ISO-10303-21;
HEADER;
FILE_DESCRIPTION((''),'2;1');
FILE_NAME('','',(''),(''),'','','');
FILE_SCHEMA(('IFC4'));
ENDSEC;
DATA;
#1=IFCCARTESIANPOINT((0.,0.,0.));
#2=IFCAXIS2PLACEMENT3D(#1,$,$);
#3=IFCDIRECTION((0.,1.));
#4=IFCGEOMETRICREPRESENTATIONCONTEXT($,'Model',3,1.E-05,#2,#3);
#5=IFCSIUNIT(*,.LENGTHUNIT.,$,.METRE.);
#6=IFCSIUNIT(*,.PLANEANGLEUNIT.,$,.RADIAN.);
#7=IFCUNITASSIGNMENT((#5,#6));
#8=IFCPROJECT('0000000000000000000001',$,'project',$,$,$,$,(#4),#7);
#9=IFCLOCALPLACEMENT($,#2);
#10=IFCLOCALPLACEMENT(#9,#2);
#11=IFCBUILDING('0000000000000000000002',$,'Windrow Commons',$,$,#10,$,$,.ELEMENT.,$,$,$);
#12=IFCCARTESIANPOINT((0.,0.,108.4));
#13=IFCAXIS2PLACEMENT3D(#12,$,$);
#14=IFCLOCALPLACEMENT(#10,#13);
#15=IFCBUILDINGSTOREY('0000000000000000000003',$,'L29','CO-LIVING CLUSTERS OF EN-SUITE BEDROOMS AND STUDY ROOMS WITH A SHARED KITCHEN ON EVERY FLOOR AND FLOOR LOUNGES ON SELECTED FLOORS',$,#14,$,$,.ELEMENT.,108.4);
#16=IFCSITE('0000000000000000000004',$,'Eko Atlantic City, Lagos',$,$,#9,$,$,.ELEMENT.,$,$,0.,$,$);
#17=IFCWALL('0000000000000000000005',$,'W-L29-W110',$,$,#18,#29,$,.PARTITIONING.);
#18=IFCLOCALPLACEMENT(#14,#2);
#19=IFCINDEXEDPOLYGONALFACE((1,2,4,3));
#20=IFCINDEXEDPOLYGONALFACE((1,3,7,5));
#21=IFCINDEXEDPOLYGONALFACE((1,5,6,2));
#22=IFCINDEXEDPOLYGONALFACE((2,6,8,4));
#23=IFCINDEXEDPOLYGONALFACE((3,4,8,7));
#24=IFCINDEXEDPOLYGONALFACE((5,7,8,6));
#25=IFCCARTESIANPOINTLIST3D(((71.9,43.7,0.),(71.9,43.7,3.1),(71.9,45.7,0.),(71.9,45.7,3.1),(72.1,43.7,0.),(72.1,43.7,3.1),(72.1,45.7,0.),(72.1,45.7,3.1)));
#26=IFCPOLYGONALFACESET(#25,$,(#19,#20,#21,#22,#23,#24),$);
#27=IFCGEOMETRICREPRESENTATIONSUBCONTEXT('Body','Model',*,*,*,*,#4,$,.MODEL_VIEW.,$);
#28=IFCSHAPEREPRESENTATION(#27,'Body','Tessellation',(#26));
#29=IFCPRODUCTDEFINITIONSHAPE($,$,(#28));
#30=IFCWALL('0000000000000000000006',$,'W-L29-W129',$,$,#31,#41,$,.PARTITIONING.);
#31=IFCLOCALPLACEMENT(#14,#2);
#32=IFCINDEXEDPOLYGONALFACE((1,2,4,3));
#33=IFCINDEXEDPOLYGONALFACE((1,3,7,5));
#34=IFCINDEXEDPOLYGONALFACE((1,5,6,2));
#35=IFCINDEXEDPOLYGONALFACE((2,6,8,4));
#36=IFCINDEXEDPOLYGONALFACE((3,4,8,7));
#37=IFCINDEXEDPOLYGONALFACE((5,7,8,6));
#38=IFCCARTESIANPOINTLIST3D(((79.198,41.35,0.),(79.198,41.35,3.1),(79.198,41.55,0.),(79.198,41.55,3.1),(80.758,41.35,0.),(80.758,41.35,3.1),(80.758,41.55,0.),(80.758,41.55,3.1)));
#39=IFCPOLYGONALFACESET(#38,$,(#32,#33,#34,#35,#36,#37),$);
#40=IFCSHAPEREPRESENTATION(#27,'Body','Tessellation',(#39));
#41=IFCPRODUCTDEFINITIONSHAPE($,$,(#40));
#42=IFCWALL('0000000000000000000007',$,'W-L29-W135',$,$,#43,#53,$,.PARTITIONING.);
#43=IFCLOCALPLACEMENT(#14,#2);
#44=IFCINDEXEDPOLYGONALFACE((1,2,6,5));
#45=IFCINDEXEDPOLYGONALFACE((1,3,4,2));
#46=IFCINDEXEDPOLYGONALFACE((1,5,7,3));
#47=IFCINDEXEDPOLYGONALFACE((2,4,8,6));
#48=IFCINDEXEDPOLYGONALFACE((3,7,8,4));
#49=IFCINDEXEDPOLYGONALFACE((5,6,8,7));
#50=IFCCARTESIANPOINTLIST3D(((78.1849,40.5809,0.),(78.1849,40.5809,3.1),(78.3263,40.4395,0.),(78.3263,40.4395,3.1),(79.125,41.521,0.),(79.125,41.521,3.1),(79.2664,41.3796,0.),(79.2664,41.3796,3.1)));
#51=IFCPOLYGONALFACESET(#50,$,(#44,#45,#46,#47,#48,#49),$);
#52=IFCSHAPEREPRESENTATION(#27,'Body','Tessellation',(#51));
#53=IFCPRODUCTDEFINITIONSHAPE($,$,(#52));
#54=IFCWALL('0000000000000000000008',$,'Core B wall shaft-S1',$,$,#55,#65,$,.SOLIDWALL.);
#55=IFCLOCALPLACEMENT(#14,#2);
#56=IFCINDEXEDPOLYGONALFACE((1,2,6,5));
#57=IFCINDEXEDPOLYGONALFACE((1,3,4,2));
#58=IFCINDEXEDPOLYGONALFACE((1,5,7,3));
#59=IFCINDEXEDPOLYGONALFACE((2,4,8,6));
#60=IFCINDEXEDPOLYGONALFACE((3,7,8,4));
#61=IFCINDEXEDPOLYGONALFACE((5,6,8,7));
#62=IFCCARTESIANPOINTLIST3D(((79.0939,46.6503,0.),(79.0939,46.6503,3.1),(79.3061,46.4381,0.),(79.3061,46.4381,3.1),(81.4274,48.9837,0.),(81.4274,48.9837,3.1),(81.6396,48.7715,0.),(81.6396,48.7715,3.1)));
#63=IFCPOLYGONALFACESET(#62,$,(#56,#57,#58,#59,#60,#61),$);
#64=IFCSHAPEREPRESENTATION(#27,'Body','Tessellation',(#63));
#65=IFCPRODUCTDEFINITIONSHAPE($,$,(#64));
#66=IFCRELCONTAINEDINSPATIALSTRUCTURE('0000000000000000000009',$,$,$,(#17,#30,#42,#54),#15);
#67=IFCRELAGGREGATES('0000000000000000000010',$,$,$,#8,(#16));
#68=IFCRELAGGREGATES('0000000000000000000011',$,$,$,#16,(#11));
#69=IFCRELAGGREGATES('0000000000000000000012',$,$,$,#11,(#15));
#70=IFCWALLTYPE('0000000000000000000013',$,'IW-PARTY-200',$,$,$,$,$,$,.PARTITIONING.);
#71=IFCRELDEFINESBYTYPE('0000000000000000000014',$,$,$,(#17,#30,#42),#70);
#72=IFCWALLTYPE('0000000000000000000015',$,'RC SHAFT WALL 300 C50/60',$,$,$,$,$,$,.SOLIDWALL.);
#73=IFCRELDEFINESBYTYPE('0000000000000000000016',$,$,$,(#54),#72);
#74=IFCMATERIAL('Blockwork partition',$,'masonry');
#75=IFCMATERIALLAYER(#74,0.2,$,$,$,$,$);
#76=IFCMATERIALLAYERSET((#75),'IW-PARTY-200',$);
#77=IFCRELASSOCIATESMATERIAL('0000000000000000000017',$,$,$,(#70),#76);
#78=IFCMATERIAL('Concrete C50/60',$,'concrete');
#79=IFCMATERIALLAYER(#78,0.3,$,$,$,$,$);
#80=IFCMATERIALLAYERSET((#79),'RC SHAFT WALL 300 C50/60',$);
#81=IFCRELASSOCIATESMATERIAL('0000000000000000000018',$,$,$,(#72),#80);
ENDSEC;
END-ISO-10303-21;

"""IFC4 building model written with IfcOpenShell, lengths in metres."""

from ifc_helpers import new_model, si_unit, direction, frame, frame_2d, origin, place, context, subcontext, project, spatial, rectangle, extrude, material, layer, layer_set, type_object, element, save


model = new_model("IFC4")

# Units and contexts
model_context = context("Model", 3, precision=1e-05, world=origin(), true_north=direction((0.0, 1.0)))
body_context = subcontext(model_context, "Body", "Model", "MODEL_VIEW")
ifc_project = project(units=[si_unit("LENGTHUNIT", "METRE"), si_unit("PLANEANGLEUNIT", "RADIAN")], contexts=[model_context])

# Site, building, storey
site_placement = place(None, origin())
site = spatial("IfcSite", under=ifc_project, at=site_placement, Name="Eko Atlantic City, Lagos", CompositionType="ELEMENT", RefElevation=0.0)
building_placement = place(site_placement, origin())
building = spatial("IfcBuilding", under=site, at=building_placement, Name="Windrow Commons", CompositionType="ELEMENT")
storey_placement = place(building_placement, frame((0.0, 0.0, 108.4)))
storey = spatial("IfcBuildingStorey", under=building, at=storey_placement, Name="L29", Description="CO-LIVING CLUSTERS OF EN-SUITE BEDROOMS AND STUDY ROOMS WITH A SHARED KITCHEN ON EVERY FLOOR AND FLOOR LOUNGES ON SELECTED FLOORS", CompositionType="ELEMENT", Elevation=108.4)

# Walls
ifc_material_1 = material(Name="Blockwork partition", Category="masonry")
ifc_layer_1 = layer(ifc_material_1, 0.2)
ifc_layer_set_1 = layer_set([ifc_layer_1], Name="IW-PARTY-200")
wall_type_1 = type_object("IfcWallType", Name="IW-PARTY-200", PredefinedType="PARTITIONING", material=ifc_layer_set_1)
wall_1_placement = place(storey_placement, frame((72.0, 43.7, 0.0), z_axis=(0.0, 0.0, 1.0), x_axis=(0.0, 1.0, 0.0)))
element("IfcWall", 1, at=wall_1_placement, inside=storey, type_object=wall_type_1, Name="W-L29-W110", PredefinedType="PARTITIONING", context=body_context, shape_type="SweptSolid", body=[
    extrude(rectangle(XDim=2.0, YDim=0.2, at=frame_2d((1.0, 0.0))), origin(), (0.0, 0.0, 1.0), 3.1),
])
wall_2_placement = place(storey_placement, frame((79.198, 41.45, 0.0), z_axis=(0.0, 0.0, 1.0), x_axis=(1.0, 0.0, 0.0)))
element("IfcWall", 2, at=wall_2_placement, inside=storey, type_object=wall_type_1, Name="W-L29-W129", PredefinedType="PARTITIONING", context=body_context, shape_type="SweptSolid", body=[
    extrude(rectangle(XDim=1.56, YDim=0.2, at=frame_2d((0.78, 0.0))), origin(), (0.0, 0.0, 1.0), 3.1),
])
wall_3_placement = place(storey_placement, frame((78.2556, 40.5102, 0.0), z_axis=(0.0, 0.0, 1.0), x_axis=(0.707107, 0.707107, 0.0)))
element("IfcWall", 3, at=wall_3_placement, inside=storey, type_object=wall_type_1, Name="W-L29-W135", PredefinedType="PARTITIONING", context=body_context, shape_type="SweptSolid", body=[
    extrude(rectangle(XDim=1.3295, YDim=0.2, at=frame_2d((0.6647, 0.0))), origin(), (0.0, 0.0, 1.0), 3.1),
])
ifc_material_2 = material(Name="Concrete C50/60", Category="concrete")
ifc_layer_2 = layer(ifc_material_2, 0.3)
ifc_layer_set_2 = layer_set([ifc_layer_2], Name="RC SHAFT WALL 300 C50/60")
wall_type_2 = type_object("IfcWallType", Name="RC SHAFT WALL 300 C50/60", PredefinedType="SOLIDWALL", material=ifc_layer_set_2)
wall_4_placement = place(storey_placement, frame((79.2, 46.5442, 0.0), z_axis=(0.0, 0.0, 1.0), x_axis=(0.707122, 0.707092, 0.0)))
element("IfcWall", 4, at=wall_4_placement, inside=storey, type_object=wall_type_2, Name="Core B wall shaft-S1", PredefinedType="SOLIDWALL", context=body_context, shape_type="SweptSolid", body=[
    extrude(rectangle(XDim=3.3, YDim=0.3, at=frame_2d((1.65, 0.0))), origin(), (0.0, 0.0, 1.0), 3.1),
])

save(model, "model.ifc")
